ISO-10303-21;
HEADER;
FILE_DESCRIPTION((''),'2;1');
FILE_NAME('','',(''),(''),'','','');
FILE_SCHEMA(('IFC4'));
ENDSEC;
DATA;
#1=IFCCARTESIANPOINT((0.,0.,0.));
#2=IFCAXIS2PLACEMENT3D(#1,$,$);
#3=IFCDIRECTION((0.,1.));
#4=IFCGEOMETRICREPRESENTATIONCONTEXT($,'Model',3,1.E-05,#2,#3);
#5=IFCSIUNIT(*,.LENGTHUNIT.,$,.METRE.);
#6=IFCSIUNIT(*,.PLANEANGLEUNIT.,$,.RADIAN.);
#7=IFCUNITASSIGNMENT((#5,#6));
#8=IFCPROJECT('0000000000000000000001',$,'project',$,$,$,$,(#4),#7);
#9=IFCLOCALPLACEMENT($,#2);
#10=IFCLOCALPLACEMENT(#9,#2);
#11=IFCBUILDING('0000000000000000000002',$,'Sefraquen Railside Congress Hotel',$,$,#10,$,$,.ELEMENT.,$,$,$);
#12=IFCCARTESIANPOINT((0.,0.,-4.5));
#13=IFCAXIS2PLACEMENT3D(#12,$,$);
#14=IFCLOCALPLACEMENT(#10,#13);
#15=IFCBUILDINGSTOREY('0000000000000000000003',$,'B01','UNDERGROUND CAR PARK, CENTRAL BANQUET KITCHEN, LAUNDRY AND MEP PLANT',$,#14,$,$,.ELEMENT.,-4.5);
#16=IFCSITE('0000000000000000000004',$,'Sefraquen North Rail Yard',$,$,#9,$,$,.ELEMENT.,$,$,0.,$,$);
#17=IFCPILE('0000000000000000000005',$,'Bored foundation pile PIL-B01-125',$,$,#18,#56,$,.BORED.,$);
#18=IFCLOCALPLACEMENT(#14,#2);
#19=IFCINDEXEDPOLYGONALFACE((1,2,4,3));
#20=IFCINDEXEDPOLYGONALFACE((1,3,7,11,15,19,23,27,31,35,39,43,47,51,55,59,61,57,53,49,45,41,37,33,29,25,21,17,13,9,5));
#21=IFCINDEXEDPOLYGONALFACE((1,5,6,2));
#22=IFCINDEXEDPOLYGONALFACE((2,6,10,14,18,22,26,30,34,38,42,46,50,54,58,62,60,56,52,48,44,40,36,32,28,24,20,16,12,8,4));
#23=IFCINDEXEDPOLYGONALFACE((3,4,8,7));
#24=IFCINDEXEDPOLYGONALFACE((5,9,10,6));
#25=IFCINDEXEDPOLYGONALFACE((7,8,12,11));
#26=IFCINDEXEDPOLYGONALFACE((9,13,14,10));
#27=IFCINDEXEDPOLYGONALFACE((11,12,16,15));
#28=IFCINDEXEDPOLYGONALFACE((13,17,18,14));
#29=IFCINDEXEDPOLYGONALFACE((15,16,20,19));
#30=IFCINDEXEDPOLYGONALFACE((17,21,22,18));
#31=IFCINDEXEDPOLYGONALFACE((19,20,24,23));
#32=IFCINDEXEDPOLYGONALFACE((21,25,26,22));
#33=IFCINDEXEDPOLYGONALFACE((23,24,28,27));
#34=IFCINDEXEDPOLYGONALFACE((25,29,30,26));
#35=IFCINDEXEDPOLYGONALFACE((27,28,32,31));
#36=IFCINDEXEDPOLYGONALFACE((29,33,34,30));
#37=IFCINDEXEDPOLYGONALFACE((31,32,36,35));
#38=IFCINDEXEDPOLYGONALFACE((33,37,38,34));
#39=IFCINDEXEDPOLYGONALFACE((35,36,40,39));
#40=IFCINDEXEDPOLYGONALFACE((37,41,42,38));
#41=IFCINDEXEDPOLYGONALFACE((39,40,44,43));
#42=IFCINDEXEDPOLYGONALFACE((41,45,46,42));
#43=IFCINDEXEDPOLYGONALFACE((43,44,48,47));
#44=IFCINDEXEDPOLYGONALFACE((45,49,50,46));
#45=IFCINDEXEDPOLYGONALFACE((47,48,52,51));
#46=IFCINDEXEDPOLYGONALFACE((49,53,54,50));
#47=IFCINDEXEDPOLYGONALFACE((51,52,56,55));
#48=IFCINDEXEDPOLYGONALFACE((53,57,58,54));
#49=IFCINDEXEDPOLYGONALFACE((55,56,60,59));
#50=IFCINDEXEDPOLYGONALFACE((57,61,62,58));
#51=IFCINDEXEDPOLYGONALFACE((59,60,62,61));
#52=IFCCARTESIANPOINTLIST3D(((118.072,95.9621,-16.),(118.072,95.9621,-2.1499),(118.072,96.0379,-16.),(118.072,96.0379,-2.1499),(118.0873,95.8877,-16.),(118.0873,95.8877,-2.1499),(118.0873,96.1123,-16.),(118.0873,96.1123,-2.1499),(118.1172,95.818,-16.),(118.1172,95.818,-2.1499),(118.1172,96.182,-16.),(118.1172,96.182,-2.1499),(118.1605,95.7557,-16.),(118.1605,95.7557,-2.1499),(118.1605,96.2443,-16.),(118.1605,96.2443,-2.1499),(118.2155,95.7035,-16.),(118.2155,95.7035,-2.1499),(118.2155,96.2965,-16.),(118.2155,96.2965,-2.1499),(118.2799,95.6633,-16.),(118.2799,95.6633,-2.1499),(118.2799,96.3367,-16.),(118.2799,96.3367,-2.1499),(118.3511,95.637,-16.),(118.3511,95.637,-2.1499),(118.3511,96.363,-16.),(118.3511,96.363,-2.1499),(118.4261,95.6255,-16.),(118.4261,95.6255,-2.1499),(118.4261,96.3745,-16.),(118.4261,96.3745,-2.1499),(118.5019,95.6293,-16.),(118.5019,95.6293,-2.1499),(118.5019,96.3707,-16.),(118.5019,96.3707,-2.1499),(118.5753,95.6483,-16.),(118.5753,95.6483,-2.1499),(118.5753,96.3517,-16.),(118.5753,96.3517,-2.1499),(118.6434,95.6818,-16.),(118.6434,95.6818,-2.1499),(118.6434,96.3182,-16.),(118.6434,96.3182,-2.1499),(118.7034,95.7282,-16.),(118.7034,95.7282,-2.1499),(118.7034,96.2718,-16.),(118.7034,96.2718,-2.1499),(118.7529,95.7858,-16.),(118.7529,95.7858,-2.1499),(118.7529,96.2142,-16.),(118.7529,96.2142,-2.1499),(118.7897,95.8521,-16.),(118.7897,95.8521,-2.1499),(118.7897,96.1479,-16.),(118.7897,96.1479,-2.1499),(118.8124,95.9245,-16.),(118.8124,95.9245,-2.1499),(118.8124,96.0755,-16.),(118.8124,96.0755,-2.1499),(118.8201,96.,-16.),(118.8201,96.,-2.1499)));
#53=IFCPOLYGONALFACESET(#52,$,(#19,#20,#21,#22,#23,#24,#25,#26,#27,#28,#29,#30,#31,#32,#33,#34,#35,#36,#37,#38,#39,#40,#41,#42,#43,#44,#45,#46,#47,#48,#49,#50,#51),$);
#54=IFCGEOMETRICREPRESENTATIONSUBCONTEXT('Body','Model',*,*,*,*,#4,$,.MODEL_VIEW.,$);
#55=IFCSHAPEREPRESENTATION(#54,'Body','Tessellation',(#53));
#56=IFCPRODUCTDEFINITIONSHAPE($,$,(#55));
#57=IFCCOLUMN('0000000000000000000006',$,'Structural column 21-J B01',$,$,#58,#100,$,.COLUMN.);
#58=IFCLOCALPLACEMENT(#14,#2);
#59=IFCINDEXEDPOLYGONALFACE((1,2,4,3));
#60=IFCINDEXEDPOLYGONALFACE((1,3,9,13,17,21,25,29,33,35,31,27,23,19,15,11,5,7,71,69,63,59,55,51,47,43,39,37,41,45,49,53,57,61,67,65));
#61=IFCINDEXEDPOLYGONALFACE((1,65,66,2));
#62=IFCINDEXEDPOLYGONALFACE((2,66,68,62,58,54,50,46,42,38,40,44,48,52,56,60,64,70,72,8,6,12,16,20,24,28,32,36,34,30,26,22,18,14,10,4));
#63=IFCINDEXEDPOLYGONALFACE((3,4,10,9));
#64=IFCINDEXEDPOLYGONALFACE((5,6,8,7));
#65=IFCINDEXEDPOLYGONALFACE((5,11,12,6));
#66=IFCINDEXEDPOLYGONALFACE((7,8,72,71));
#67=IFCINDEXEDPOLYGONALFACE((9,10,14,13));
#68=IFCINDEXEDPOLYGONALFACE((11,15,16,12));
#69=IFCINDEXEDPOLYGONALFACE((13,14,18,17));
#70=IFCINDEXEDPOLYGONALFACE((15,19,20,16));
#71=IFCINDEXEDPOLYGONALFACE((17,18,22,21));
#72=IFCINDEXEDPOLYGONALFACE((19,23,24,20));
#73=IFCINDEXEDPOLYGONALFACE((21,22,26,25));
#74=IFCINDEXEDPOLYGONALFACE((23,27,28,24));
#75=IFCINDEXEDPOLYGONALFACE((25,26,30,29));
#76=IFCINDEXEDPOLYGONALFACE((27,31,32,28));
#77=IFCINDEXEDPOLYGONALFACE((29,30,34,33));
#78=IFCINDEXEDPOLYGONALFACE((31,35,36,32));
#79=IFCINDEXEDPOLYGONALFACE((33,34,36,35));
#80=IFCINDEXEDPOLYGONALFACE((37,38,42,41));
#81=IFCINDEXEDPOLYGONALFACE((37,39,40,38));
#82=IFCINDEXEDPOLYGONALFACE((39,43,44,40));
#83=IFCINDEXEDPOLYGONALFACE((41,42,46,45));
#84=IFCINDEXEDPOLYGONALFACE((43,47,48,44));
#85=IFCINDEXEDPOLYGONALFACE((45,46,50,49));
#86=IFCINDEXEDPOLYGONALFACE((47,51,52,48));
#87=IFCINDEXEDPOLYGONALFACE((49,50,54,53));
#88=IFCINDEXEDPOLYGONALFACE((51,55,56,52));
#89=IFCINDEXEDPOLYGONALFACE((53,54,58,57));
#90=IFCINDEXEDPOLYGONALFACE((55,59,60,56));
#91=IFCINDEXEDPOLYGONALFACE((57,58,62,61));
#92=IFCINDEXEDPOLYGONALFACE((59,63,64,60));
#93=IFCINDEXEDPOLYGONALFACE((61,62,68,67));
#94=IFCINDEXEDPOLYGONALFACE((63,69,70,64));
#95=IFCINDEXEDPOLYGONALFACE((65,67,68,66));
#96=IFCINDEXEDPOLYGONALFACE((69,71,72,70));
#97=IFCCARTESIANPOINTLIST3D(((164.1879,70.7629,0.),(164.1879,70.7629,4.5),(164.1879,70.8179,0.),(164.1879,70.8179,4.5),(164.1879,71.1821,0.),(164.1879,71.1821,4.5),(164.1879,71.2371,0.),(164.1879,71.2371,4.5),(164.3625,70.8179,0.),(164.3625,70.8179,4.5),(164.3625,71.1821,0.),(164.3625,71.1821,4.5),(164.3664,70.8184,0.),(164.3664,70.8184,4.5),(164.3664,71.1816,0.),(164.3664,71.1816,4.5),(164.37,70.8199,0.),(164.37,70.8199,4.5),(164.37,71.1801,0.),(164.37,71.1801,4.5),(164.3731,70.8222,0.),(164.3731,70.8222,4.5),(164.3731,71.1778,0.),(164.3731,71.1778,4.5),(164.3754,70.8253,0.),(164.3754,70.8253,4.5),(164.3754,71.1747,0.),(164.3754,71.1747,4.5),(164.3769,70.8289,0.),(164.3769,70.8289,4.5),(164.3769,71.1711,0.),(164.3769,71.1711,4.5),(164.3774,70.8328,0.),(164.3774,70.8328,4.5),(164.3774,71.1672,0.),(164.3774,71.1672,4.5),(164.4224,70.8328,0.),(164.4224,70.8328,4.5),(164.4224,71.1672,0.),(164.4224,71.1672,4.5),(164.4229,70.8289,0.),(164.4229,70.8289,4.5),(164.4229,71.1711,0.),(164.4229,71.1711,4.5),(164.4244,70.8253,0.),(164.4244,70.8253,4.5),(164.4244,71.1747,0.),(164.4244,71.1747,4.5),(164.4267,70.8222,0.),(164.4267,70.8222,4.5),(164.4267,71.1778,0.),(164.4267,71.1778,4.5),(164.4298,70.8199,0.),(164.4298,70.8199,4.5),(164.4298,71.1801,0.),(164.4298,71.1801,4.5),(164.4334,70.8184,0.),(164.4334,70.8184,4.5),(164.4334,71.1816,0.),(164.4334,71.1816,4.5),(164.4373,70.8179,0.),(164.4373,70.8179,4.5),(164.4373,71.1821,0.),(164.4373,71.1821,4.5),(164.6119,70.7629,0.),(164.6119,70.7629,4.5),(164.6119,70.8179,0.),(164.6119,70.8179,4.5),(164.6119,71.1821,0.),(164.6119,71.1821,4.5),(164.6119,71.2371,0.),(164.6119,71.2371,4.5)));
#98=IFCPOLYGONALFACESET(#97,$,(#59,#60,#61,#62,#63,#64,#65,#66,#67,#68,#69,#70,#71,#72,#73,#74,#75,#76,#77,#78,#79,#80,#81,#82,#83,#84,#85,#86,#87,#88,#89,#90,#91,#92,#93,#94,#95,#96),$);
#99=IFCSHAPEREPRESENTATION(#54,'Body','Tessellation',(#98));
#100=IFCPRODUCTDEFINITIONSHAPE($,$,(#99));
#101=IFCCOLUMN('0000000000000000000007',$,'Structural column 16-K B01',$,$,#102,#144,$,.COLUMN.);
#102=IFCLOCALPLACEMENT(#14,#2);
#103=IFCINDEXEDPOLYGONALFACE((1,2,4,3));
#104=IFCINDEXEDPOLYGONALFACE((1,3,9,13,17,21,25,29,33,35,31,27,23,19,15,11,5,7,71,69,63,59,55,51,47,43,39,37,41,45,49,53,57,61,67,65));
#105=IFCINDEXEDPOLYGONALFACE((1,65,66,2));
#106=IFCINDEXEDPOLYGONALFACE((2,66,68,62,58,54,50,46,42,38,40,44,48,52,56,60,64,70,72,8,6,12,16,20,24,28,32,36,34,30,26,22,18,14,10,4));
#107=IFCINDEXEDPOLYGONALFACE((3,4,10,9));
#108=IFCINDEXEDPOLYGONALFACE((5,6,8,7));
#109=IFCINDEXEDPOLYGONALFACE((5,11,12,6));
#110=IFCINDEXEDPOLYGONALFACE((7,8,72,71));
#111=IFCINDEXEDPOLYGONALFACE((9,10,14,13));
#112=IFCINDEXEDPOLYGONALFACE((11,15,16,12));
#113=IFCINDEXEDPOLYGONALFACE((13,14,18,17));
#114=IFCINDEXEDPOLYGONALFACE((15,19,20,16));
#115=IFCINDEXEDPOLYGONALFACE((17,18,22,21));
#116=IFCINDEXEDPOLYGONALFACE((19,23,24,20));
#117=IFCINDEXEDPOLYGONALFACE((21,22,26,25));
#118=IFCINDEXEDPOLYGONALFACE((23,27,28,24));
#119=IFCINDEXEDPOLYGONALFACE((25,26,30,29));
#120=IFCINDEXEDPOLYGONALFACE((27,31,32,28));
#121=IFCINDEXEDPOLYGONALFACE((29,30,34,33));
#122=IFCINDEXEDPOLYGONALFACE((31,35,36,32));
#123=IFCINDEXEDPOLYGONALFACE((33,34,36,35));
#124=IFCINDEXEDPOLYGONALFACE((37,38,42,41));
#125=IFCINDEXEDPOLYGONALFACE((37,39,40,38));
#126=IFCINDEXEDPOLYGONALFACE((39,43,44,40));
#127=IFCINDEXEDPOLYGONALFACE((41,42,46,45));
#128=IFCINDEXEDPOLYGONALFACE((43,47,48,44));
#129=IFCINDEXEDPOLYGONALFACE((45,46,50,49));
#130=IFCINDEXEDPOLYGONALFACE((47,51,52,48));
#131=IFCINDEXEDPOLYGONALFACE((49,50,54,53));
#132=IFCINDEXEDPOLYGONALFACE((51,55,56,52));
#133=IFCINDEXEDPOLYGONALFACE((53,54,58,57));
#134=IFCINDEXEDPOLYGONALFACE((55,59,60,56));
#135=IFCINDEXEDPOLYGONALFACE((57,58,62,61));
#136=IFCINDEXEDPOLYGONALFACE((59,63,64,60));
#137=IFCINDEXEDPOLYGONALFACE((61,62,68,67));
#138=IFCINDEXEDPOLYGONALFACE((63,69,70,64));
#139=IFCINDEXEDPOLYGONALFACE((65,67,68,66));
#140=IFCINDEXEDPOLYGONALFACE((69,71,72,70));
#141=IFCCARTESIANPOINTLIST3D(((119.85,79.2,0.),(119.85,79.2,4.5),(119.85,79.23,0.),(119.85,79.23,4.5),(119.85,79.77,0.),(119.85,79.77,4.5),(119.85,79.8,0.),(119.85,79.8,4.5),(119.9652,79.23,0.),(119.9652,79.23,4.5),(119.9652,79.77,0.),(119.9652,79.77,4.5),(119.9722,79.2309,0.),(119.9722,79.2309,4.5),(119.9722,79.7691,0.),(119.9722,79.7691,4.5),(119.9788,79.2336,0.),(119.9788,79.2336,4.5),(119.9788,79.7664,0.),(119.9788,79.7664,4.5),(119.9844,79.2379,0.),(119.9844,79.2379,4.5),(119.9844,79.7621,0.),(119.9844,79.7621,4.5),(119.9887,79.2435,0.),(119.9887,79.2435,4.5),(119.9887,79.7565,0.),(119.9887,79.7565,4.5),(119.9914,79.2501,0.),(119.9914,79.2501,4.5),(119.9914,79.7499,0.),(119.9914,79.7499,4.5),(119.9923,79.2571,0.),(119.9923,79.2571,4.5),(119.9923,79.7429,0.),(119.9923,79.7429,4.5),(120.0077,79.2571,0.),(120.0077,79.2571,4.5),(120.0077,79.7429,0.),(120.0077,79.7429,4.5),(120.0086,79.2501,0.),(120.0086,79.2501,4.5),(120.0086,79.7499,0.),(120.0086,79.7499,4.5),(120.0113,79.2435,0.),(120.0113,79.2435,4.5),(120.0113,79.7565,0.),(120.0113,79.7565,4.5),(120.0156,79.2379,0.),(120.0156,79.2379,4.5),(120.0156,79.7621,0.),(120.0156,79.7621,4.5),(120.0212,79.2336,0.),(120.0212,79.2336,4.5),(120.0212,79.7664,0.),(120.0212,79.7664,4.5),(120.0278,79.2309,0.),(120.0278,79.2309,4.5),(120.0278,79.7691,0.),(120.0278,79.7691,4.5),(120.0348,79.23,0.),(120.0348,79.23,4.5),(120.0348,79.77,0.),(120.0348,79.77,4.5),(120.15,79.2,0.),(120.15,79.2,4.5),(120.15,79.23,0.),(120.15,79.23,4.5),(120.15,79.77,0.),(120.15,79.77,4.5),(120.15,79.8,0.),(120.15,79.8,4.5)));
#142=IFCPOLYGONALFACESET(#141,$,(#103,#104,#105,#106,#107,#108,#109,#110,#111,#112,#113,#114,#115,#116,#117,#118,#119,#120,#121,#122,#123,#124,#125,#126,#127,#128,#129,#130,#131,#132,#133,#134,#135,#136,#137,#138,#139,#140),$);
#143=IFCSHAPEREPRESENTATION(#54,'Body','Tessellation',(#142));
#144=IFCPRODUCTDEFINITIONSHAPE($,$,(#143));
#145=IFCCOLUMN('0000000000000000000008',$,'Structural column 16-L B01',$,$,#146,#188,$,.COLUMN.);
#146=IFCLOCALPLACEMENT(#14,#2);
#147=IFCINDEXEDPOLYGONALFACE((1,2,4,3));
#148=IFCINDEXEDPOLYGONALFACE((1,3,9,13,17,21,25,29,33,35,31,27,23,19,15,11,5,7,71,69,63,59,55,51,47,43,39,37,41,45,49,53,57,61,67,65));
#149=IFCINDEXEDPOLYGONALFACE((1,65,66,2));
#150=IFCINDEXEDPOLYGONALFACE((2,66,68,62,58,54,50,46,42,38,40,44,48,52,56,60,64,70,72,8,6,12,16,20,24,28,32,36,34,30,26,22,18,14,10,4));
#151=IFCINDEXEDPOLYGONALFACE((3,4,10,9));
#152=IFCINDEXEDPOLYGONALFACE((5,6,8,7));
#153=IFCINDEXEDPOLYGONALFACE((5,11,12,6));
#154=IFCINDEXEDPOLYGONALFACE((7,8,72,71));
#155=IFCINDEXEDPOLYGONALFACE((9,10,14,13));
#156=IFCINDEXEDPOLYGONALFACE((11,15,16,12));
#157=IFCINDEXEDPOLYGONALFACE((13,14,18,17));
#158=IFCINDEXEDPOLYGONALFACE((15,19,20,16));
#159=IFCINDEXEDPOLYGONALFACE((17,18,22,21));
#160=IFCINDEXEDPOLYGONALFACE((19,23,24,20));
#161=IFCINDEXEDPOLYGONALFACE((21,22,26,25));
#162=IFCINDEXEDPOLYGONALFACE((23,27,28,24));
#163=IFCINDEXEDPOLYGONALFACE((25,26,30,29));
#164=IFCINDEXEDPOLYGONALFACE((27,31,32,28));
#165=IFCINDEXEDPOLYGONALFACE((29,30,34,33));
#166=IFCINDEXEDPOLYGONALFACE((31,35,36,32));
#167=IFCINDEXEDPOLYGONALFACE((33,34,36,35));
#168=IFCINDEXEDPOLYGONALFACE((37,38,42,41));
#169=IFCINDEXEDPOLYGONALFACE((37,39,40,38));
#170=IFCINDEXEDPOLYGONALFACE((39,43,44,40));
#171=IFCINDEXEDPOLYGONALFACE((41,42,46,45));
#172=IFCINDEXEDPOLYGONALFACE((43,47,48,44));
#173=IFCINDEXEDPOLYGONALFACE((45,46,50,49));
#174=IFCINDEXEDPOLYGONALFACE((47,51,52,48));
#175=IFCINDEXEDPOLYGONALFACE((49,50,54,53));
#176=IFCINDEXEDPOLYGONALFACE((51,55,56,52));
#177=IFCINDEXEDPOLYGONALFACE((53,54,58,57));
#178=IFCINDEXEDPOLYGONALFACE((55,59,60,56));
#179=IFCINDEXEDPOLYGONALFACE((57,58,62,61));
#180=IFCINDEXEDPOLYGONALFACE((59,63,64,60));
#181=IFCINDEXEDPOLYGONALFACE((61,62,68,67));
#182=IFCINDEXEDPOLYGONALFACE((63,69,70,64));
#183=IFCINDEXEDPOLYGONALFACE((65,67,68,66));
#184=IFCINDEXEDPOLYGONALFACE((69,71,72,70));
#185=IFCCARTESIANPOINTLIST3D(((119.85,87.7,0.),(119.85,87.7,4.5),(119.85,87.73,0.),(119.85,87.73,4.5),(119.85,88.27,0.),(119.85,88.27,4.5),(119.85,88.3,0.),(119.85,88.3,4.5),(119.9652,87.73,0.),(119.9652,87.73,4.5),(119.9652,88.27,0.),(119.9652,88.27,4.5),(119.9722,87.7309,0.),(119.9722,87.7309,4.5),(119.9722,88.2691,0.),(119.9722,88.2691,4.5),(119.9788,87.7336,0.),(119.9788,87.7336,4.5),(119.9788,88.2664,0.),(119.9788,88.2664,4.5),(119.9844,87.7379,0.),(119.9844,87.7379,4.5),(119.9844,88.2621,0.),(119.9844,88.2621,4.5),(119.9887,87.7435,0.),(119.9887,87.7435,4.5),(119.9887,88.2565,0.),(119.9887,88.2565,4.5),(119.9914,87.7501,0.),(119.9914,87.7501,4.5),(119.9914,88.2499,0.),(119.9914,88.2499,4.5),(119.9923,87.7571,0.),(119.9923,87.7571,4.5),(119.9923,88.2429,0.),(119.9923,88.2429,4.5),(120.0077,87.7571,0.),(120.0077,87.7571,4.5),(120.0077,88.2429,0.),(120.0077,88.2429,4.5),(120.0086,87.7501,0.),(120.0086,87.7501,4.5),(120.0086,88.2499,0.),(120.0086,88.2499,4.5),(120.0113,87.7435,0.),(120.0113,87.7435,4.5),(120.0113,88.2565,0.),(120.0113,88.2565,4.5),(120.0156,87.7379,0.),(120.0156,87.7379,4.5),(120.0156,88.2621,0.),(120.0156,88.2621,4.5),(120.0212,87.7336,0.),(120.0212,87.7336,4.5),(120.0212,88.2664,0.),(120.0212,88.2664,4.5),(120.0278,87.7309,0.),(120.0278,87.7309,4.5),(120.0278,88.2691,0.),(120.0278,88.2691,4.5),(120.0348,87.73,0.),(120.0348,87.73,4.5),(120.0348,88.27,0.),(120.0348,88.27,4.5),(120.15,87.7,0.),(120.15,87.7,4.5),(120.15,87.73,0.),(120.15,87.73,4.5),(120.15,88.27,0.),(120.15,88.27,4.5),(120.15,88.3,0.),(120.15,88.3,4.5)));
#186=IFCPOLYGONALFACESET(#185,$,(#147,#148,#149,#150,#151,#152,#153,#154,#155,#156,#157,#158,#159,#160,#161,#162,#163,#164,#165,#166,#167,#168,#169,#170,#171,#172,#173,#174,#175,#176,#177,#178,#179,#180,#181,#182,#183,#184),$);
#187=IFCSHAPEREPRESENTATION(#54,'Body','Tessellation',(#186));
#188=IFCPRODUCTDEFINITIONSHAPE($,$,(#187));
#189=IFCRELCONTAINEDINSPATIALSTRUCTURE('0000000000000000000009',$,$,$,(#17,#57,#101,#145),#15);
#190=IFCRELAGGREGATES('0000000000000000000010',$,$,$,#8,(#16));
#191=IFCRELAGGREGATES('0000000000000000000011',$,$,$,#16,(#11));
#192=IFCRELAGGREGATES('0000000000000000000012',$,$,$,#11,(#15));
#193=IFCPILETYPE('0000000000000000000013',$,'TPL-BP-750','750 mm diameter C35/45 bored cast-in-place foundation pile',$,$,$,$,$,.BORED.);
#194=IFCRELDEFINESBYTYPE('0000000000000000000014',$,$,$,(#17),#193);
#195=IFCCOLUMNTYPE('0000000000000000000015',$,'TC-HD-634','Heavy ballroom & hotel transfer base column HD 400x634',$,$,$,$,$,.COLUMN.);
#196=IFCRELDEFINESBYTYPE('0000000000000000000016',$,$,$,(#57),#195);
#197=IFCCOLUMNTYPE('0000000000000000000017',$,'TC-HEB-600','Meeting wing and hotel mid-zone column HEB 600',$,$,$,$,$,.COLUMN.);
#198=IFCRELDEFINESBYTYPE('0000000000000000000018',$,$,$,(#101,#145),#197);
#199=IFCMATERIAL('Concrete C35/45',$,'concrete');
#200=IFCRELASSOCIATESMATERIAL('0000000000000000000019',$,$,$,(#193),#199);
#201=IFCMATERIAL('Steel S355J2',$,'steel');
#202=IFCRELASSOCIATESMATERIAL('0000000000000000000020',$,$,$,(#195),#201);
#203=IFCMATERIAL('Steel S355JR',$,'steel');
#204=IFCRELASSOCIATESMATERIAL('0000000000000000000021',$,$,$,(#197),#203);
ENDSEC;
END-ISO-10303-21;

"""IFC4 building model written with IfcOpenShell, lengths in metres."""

from ifc_helpers import new_model, si_unit, direction, frame, origin, origin_2d, place, context, subcontext, project, spatial, circle, i_section, extrude, material, material_profile, profile_set, type_object, element, save


model = new_model("IFC4")

# Units and contexts
model_context = context("Model", 3, precision=1e-05, world=origin(), true_north=direction((0.0, 1.0)))
body_context = subcontext(model_context, "Body", "Model", "MODEL_VIEW")
ifc_project = project(units=[si_unit("LENGTHUNIT", "METRE"), si_unit("PLANEANGLEUNIT", "RADIAN")], contexts=[model_context])

# Site, building, storey
site_placement = place(None, origin())
site = spatial("IfcSite", under=ifc_project, at=site_placement, Name="Sefraquen North Rail Yard", CompositionType="ELEMENT", RefElevation=0.0)
building_placement = place(site_placement, origin())
building = spatial("IfcBuilding", under=site, at=building_placement, Name="Sefraquen Railside Congress Hotel", CompositionType="ELEMENT")
storey_placement = place(building_placement, frame((0.0, 0.0, -4.5)))
storey = spatial("IfcBuildingStorey", under=building, at=storey_placement, Name="B01", Description="UNDERGROUND CAR PARK, CENTRAL BANQUET KITCHEN, LAUNDRY AND MEP PLANT", CompositionType="ELEMENT", Elevation=-4.5)

# Pile
ifc_material_1 = material(Name="Concrete C35/45", Category="concrete")
ifc_material_profile_1 = material_profile(ifc_material_1, circle(Radius=0.375, at=origin_2d()), Name="BORED PILE 750")
ifc_profile_set_1 = profile_set([ifc_material_profile_1], Name="Concrete C35/45")
pile_type_1 = type_object("IfcPileType", Name="TPL-BP-750", Description="750 mm diameter C35/45 bored cast-in-place foundation pile", PredefinedType="BORED", material=ifc_profile_set_1)
pile_1_placement = place(storey_placement, frame((118.4451, 96.0, -2.1499), z_axis=(0.0, 0.0, -1.0), x_axis=(1.0, 0.0, 0.0)))
element("IfcPile", 1, at=pile_1_placement, inside=storey, type_object=pile_type_1, Name="Bored foundation pile PIL-B01-125", PredefinedType="BORED", context=body_context, shape_type="SweptSolid", body=[
    extrude(circle(Radius=0.375, at=origin_2d()), origin(), (0.0, 0.0, 1.0), 13.8501),
])

# Columns
ifc_material_2 = material(Name="Steel S355J2", Category="steel")
ifc_material_profile_2 = material_profile(ifc_material_2, i_section(OverallWidth=0.4241, OverallDepth=0.4741, WebThickness=0.0449, FlangeThickness=0.0549, FilletRadius=0.0149, at=origin_2d()), Name="HD 400x634")
ifc_profile_set_2 = profile_set([ifc_material_profile_2], Name="Steel S355J2")
column_type_1 = type_object("IfcColumnType", Name="TC-HD-634", Description="Heavy ballroom & hotel transfer base column HD 400x634", PredefinedType="COLUMN", material=ifc_profile_set_2)
column_placement = place(storey_placement, frame((164.3999, 71.0, 0.0), z_axis=(0.0, 0.0, 1.0), x_axis=(1.0, 0.0, 0.0)))
element("IfcColumn", 2, at=column_placement, inside=storey, type_object=column_type_1, Name="Structural column 21-J B01", PredefinedType="COLUMN", context=body_context, shape_type="SweptSolid", body=[
    extrude(i_section(OverallWidth=0.4241, OverallDepth=0.4741, WebThickness=0.0449, FlangeThickness=0.0549, FilletRadius=0.0149, at=origin_2d()), origin(), (0.0, 0.0, 1.0), 4.5),
])
ifc_material_3 = material(Name="Steel S355JR", Category="steel")
ifc_material_profile_3 = material_profile(ifc_material_3, i_section(OverallWidth=0.3, OverallDepth=0.6001, WebThickness=0.0154, FlangeThickness=0.03, FilletRadius=0.0271, at=origin_2d()), Name="HEB 600")
ifc_profile_set_3 = profile_set([ifc_material_profile_3], Name="Steel S355JR")
column_type_2 = type_object("IfcColumnType", Name="TC-HEB-600", Description="Meeting wing and hotel mid-zone column HEB 600", PredefinedType="COLUMN", material=ifc_profile_set_3)
for number, where, z_axis, x_axis, name in (
    (3, (120.0, 79.5, 0.0), (0.0, 0.0, 1.0), (1.0, 0.0, 0.0), "Structural column 16-K B01"),
    (4, (120.0, 88.0, 0.0), (0.0, 0.0, 1.0), (1.0, 0.0, 0.0), "Structural column 16-L B01"),
):
    element("IfcColumn", number, at=place(storey_placement, frame(where, z_axis=z_axis, x_axis=x_axis)), inside=storey, type_object=column_type_2, Name=name, PredefinedType="COLUMN", context=body_context, shape_type="SweptSolid", body=[
        extrude(i_section(OverallWidth=0.3, OverallDepth=0.6001, WebThickness=0.0154, FlangeThickness=0.03, FilletRadius=0.0271, at=origin_2d()), origin(), (0.0, 0.0, 1.0), 4.5),
    ])

save(model, "model.ifc")
